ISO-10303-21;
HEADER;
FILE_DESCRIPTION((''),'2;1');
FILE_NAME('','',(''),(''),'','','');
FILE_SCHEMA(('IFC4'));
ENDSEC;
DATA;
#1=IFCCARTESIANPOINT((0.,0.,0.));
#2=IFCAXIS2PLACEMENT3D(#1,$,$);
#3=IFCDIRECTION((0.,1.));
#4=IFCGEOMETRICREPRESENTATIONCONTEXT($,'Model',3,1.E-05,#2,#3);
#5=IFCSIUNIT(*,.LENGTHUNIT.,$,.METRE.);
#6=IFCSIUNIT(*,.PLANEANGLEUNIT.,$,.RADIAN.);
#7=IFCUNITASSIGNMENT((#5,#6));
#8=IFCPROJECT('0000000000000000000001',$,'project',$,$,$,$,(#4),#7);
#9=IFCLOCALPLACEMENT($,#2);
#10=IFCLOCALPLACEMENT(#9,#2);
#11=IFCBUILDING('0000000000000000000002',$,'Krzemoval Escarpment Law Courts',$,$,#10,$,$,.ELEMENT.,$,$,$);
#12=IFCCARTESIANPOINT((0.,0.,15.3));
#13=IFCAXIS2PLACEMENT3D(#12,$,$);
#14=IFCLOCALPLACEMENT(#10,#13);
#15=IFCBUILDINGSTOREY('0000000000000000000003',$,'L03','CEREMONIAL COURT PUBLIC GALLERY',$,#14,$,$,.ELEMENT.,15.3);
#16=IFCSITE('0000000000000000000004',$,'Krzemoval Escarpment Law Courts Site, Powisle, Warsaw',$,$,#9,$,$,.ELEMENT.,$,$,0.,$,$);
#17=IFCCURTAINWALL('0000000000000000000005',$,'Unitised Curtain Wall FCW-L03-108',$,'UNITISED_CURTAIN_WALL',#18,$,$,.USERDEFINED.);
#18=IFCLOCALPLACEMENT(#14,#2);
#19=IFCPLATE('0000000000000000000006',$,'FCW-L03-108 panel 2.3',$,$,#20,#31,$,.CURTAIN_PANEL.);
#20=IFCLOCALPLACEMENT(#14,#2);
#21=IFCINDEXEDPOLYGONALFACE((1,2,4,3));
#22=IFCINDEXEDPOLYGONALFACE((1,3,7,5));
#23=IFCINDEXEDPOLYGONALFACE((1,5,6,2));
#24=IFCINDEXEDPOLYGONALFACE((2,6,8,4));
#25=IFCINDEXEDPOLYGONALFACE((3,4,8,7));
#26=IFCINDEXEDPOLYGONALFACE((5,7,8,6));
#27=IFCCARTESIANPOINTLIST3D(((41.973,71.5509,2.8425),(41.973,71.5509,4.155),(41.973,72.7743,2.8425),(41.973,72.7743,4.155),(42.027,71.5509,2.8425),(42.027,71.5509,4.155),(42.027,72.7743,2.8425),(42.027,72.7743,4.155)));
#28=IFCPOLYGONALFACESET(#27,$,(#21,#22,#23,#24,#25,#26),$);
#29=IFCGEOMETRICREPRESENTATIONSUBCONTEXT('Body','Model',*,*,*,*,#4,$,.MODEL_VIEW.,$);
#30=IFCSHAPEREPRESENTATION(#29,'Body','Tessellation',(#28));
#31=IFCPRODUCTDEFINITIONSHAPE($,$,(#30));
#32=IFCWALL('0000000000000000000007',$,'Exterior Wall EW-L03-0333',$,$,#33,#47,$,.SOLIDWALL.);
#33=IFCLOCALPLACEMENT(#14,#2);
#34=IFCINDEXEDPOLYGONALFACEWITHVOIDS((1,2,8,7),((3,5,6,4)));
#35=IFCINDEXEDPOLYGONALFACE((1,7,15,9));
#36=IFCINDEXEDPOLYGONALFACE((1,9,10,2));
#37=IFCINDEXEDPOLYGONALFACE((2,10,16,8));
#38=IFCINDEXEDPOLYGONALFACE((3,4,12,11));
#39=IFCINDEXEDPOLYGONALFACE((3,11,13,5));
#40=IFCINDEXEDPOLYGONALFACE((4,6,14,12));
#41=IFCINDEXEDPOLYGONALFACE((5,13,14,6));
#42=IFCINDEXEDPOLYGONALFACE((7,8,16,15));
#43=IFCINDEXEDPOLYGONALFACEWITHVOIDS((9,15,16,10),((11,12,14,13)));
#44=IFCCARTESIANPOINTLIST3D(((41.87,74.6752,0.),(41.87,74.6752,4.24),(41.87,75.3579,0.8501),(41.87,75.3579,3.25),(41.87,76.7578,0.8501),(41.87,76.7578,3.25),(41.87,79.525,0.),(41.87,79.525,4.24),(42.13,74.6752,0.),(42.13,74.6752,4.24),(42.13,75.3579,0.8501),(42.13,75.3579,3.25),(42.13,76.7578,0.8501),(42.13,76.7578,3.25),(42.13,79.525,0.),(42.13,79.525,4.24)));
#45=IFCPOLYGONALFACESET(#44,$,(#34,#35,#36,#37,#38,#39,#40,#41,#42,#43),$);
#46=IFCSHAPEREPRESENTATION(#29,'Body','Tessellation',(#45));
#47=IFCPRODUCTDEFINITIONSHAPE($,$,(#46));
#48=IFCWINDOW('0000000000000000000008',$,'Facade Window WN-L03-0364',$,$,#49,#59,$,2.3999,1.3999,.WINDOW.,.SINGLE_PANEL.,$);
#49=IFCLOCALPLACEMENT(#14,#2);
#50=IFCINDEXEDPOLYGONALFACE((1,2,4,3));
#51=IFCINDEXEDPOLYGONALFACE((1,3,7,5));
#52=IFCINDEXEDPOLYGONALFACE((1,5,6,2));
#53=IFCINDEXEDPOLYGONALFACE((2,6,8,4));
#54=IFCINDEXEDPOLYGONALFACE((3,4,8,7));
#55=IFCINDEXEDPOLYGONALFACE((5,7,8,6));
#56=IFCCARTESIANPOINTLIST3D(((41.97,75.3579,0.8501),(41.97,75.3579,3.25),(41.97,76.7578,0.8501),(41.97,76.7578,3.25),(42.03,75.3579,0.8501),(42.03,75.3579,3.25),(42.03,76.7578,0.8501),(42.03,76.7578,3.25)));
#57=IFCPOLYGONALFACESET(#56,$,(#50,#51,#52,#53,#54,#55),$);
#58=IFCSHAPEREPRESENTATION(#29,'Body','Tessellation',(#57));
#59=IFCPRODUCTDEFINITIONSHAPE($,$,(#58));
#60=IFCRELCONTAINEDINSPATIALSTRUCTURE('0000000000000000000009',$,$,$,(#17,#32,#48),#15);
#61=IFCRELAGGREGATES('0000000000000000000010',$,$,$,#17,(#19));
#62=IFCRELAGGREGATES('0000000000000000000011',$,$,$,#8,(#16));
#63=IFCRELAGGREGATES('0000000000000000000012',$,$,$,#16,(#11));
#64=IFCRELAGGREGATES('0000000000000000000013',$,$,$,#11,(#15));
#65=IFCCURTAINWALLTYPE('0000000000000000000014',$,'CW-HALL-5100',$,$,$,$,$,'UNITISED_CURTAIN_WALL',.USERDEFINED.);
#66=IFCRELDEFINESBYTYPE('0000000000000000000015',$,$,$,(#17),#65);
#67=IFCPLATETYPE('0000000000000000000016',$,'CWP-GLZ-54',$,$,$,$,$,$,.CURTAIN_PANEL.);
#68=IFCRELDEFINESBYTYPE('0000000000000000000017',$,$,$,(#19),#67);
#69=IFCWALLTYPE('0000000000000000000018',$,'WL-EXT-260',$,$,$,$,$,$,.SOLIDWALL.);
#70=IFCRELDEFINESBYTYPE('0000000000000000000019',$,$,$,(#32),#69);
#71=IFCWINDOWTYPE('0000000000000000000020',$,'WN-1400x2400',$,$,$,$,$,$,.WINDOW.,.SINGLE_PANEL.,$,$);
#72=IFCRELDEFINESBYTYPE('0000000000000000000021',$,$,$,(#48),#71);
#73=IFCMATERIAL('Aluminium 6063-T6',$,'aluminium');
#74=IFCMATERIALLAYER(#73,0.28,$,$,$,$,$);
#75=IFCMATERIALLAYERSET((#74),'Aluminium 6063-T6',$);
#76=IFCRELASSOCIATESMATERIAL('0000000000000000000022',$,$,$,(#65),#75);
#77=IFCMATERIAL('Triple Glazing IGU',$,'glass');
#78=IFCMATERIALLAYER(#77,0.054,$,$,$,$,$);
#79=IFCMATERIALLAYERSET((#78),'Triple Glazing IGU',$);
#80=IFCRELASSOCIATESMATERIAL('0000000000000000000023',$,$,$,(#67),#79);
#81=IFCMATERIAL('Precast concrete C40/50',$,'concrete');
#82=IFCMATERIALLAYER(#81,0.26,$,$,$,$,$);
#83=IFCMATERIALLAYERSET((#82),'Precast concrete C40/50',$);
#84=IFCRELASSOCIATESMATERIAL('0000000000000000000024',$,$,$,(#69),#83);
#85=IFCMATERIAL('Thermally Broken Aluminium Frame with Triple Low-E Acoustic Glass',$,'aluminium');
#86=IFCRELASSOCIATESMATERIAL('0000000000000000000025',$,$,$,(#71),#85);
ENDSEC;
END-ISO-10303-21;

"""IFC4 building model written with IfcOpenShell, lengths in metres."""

from ifc_helpers import new_model, si_unit, direction, frame, frame_2d, origin, origin_2d, place, context, subcontext, project, spatial, rectangle, extrude, material, layer, layer_set, type_object, element, fill, aggregate, save


model = new_model("IFC4")

# Units and contexts
model_context = context("Model", 3, precision=1e-05, world=origin(), true_north=direction((0.0, 1.0)))
body_context = subcontext(model_context, "Body", "Model", "MODEL_VIEW")
ifc_project = project(units=[si_unit("LENGTHUNIT", "METRE"), si_unit("PLANEANGLEUNIT", "RADIAN")], contexts=[model_context])

# Site, building, storey
site_placement = place(None, origin())
site = spatial("IfcSite", under=ifc_project, at=site_placement, Name="Krzemoval Escarpment Law Courts Site, Powisle, Warsaw", CompositionType="ELEMENT", RefElevation=0.0)
building_placement = place(site_placement, origin())
building = spatial("IfcBuilding", under=site, at=building_placement, Name="Krzemoval Escarpment Law Courts", CompositionType="ELEMENT")
storey_placement = place(building_placement, frame((0.0, 0.0, 15.3)))
storey = spatial("IfcBuildingStorey", under=building, at=storey_placement, Name="L03", Description="CEREMONIAL COURT PUBLIC GALLERY", CompositionType="ELEMENT", Elevation=15.3)

# Curtain wall
ifc_material_1 = material(Name="Aluminium 6063-T6", Category="aluminium")
ifc_layer_1 = layer(ifc_material_1, 0.28)
ifc_layer_set_1 = layer_set([ifc_layer_1], Name="Aluminium 6063-T6")
curtain_wall_type = type_object("IfcCurtainWallType", Name="CW-HALL-5100", ElementType="UNITISED_CURTAIN_WALL", PredefinedType="USERDEFINED", material=ifc_layer_set_1)
curtain_wall_1_placement = place(storey_placement, origin())
curtain_wall_1 = element("IfcCurtainWall", 1, at=curtain_wall_1_placement, inside=storey, type_object=curtain_wall_type, Name="Unitised Curtain Wall FCW-L03-108", ObjectType="UNITISED_CURTAIN_WALL", PredefinedType="USERDEFINED")

# Plate
ifc_material_2 = material(Name="Triple Glazing IGU", Category="glass")
ifc_layer_2 = layer(ifc_material_2, 0.054)
ifc_layer_set_2 = layer_set([ifc_layer_2], Name="Triple Glazing IGU")
plate_type = type_object("IfcPlateType", Name="CWP-GLZ-54", PredefinedType="CURTAIN_PANEL", material=ifc_layer_set_2)
plate_1_placement = place(storey_placement, frame((42.0, 72.1626, 2.8425), z_axis=(0.0, 0.0, 1.0), x_axis=(0.0, -1.0, 0.0)))
plate_1 = element("IfcPlate", 2, at=plate_1_placement, type_object=plate_type, Name="FCW-L03-108 panel 2.3", PredefinedType="CURTAIN_PANEL", context=body_context, shape_type="SweptSolid", body=[
    extrude(rectangle(XDim=1.2234, YDim=0.054, at=origin_2d()), origin(), (0.0, 0.0, 1.0), 1.3125),
])
aggregate(curtain_wall_1, [plate_1])

# Wall, opening, window
ifc_material_3 = material(Name="Precast concrete C40/50", Category="concrete")
ifc_layer_3 = layer(ifc_material_3, 0.26)
ifc_layer_set_3 = layer_set([ifc_layer_3], Name="Precast concrete C40/50")
wall_type = type_object("IfcWallType", Name="WL-EXT-260", PredefinedType="SOLIDWALL", material=ifc_layer_set_3)
wall_placement = place(storey_placement, frame((42.0, 79.5249, 0.0), z_axis=(0.0, 0.0, 1.0), x_axis=(0.0, -1.0, 0.0)))
wall = element("IfcWall", 3, at=wall_placement, inside=storey, type_object=wall_type, Name="Exterior Wall EW-L03-0333", PredefinedType="SOLIDWALL", context=body_context, shape_type="SweptSolid", body=[
    extrude(rectangle(XDim=4.8499, YDim=0.26, at=frame_2d((2.4248, 0.0))), origin(), (0.0, 0.0, 1.0), 4.24),
])
opening_placement = place(wall_placement, frame((2.7671, 0.0, 0.8501)))
opening = element("IfcOpeningElement", 4, at=opening_placement, cuts=wall, PredefinedType="OPENING", context=body_context, shape_type="SweptSolid", body=[
    extrude(rectangle(XDim=1.3999, YDim=2.3999, at=frame_2d((0.7, 1.2))), frame((0.0, 0.145, 0.0), z_axis=(0.0, -1.0, 0.0), x_axis=(1.0, 0.0, 0.0)), (0.0, 0.0, 1.0), 0.29),
])
ifc_material_4 = material(Name="Thermally Broken Aluminium Frame with Triple Low-E Acoustic Glass", Category="aluminium")
window_type = type_object("IfcWindowType", Name="WN-1400x2400", PartitioningType="SINGLE_PANEL", PredefinedType="WINDOW", material=ifc_material_4)
window_placement = place(opening_placement, origin())
window = element("IfcWindow", 5, at=window_placement, inside=storey, type_object=window_type, Name="Facade Window WN-L03-0364", OverallHeight=2.3999, OverallWidth=1.3999, PartitioningType="SINGLE_PANEL", PredefinedType="WINDOW", context=body_context, shape_type="SweptSolid", body=[
    extrude(rectangle(XDim=1.3999, YDim=2.3999, at=frame_2d((0.7, 1.2))), frame((0.0, 0.03, 0.0), z_axis=(0.0, -1.0, 0.0), x_axis=(1.0, 0.0, 0.0)), (0.0, 0.0, 1.0), 0.0601),
])
fill(opening, window)

save(model, "model.ifc")
